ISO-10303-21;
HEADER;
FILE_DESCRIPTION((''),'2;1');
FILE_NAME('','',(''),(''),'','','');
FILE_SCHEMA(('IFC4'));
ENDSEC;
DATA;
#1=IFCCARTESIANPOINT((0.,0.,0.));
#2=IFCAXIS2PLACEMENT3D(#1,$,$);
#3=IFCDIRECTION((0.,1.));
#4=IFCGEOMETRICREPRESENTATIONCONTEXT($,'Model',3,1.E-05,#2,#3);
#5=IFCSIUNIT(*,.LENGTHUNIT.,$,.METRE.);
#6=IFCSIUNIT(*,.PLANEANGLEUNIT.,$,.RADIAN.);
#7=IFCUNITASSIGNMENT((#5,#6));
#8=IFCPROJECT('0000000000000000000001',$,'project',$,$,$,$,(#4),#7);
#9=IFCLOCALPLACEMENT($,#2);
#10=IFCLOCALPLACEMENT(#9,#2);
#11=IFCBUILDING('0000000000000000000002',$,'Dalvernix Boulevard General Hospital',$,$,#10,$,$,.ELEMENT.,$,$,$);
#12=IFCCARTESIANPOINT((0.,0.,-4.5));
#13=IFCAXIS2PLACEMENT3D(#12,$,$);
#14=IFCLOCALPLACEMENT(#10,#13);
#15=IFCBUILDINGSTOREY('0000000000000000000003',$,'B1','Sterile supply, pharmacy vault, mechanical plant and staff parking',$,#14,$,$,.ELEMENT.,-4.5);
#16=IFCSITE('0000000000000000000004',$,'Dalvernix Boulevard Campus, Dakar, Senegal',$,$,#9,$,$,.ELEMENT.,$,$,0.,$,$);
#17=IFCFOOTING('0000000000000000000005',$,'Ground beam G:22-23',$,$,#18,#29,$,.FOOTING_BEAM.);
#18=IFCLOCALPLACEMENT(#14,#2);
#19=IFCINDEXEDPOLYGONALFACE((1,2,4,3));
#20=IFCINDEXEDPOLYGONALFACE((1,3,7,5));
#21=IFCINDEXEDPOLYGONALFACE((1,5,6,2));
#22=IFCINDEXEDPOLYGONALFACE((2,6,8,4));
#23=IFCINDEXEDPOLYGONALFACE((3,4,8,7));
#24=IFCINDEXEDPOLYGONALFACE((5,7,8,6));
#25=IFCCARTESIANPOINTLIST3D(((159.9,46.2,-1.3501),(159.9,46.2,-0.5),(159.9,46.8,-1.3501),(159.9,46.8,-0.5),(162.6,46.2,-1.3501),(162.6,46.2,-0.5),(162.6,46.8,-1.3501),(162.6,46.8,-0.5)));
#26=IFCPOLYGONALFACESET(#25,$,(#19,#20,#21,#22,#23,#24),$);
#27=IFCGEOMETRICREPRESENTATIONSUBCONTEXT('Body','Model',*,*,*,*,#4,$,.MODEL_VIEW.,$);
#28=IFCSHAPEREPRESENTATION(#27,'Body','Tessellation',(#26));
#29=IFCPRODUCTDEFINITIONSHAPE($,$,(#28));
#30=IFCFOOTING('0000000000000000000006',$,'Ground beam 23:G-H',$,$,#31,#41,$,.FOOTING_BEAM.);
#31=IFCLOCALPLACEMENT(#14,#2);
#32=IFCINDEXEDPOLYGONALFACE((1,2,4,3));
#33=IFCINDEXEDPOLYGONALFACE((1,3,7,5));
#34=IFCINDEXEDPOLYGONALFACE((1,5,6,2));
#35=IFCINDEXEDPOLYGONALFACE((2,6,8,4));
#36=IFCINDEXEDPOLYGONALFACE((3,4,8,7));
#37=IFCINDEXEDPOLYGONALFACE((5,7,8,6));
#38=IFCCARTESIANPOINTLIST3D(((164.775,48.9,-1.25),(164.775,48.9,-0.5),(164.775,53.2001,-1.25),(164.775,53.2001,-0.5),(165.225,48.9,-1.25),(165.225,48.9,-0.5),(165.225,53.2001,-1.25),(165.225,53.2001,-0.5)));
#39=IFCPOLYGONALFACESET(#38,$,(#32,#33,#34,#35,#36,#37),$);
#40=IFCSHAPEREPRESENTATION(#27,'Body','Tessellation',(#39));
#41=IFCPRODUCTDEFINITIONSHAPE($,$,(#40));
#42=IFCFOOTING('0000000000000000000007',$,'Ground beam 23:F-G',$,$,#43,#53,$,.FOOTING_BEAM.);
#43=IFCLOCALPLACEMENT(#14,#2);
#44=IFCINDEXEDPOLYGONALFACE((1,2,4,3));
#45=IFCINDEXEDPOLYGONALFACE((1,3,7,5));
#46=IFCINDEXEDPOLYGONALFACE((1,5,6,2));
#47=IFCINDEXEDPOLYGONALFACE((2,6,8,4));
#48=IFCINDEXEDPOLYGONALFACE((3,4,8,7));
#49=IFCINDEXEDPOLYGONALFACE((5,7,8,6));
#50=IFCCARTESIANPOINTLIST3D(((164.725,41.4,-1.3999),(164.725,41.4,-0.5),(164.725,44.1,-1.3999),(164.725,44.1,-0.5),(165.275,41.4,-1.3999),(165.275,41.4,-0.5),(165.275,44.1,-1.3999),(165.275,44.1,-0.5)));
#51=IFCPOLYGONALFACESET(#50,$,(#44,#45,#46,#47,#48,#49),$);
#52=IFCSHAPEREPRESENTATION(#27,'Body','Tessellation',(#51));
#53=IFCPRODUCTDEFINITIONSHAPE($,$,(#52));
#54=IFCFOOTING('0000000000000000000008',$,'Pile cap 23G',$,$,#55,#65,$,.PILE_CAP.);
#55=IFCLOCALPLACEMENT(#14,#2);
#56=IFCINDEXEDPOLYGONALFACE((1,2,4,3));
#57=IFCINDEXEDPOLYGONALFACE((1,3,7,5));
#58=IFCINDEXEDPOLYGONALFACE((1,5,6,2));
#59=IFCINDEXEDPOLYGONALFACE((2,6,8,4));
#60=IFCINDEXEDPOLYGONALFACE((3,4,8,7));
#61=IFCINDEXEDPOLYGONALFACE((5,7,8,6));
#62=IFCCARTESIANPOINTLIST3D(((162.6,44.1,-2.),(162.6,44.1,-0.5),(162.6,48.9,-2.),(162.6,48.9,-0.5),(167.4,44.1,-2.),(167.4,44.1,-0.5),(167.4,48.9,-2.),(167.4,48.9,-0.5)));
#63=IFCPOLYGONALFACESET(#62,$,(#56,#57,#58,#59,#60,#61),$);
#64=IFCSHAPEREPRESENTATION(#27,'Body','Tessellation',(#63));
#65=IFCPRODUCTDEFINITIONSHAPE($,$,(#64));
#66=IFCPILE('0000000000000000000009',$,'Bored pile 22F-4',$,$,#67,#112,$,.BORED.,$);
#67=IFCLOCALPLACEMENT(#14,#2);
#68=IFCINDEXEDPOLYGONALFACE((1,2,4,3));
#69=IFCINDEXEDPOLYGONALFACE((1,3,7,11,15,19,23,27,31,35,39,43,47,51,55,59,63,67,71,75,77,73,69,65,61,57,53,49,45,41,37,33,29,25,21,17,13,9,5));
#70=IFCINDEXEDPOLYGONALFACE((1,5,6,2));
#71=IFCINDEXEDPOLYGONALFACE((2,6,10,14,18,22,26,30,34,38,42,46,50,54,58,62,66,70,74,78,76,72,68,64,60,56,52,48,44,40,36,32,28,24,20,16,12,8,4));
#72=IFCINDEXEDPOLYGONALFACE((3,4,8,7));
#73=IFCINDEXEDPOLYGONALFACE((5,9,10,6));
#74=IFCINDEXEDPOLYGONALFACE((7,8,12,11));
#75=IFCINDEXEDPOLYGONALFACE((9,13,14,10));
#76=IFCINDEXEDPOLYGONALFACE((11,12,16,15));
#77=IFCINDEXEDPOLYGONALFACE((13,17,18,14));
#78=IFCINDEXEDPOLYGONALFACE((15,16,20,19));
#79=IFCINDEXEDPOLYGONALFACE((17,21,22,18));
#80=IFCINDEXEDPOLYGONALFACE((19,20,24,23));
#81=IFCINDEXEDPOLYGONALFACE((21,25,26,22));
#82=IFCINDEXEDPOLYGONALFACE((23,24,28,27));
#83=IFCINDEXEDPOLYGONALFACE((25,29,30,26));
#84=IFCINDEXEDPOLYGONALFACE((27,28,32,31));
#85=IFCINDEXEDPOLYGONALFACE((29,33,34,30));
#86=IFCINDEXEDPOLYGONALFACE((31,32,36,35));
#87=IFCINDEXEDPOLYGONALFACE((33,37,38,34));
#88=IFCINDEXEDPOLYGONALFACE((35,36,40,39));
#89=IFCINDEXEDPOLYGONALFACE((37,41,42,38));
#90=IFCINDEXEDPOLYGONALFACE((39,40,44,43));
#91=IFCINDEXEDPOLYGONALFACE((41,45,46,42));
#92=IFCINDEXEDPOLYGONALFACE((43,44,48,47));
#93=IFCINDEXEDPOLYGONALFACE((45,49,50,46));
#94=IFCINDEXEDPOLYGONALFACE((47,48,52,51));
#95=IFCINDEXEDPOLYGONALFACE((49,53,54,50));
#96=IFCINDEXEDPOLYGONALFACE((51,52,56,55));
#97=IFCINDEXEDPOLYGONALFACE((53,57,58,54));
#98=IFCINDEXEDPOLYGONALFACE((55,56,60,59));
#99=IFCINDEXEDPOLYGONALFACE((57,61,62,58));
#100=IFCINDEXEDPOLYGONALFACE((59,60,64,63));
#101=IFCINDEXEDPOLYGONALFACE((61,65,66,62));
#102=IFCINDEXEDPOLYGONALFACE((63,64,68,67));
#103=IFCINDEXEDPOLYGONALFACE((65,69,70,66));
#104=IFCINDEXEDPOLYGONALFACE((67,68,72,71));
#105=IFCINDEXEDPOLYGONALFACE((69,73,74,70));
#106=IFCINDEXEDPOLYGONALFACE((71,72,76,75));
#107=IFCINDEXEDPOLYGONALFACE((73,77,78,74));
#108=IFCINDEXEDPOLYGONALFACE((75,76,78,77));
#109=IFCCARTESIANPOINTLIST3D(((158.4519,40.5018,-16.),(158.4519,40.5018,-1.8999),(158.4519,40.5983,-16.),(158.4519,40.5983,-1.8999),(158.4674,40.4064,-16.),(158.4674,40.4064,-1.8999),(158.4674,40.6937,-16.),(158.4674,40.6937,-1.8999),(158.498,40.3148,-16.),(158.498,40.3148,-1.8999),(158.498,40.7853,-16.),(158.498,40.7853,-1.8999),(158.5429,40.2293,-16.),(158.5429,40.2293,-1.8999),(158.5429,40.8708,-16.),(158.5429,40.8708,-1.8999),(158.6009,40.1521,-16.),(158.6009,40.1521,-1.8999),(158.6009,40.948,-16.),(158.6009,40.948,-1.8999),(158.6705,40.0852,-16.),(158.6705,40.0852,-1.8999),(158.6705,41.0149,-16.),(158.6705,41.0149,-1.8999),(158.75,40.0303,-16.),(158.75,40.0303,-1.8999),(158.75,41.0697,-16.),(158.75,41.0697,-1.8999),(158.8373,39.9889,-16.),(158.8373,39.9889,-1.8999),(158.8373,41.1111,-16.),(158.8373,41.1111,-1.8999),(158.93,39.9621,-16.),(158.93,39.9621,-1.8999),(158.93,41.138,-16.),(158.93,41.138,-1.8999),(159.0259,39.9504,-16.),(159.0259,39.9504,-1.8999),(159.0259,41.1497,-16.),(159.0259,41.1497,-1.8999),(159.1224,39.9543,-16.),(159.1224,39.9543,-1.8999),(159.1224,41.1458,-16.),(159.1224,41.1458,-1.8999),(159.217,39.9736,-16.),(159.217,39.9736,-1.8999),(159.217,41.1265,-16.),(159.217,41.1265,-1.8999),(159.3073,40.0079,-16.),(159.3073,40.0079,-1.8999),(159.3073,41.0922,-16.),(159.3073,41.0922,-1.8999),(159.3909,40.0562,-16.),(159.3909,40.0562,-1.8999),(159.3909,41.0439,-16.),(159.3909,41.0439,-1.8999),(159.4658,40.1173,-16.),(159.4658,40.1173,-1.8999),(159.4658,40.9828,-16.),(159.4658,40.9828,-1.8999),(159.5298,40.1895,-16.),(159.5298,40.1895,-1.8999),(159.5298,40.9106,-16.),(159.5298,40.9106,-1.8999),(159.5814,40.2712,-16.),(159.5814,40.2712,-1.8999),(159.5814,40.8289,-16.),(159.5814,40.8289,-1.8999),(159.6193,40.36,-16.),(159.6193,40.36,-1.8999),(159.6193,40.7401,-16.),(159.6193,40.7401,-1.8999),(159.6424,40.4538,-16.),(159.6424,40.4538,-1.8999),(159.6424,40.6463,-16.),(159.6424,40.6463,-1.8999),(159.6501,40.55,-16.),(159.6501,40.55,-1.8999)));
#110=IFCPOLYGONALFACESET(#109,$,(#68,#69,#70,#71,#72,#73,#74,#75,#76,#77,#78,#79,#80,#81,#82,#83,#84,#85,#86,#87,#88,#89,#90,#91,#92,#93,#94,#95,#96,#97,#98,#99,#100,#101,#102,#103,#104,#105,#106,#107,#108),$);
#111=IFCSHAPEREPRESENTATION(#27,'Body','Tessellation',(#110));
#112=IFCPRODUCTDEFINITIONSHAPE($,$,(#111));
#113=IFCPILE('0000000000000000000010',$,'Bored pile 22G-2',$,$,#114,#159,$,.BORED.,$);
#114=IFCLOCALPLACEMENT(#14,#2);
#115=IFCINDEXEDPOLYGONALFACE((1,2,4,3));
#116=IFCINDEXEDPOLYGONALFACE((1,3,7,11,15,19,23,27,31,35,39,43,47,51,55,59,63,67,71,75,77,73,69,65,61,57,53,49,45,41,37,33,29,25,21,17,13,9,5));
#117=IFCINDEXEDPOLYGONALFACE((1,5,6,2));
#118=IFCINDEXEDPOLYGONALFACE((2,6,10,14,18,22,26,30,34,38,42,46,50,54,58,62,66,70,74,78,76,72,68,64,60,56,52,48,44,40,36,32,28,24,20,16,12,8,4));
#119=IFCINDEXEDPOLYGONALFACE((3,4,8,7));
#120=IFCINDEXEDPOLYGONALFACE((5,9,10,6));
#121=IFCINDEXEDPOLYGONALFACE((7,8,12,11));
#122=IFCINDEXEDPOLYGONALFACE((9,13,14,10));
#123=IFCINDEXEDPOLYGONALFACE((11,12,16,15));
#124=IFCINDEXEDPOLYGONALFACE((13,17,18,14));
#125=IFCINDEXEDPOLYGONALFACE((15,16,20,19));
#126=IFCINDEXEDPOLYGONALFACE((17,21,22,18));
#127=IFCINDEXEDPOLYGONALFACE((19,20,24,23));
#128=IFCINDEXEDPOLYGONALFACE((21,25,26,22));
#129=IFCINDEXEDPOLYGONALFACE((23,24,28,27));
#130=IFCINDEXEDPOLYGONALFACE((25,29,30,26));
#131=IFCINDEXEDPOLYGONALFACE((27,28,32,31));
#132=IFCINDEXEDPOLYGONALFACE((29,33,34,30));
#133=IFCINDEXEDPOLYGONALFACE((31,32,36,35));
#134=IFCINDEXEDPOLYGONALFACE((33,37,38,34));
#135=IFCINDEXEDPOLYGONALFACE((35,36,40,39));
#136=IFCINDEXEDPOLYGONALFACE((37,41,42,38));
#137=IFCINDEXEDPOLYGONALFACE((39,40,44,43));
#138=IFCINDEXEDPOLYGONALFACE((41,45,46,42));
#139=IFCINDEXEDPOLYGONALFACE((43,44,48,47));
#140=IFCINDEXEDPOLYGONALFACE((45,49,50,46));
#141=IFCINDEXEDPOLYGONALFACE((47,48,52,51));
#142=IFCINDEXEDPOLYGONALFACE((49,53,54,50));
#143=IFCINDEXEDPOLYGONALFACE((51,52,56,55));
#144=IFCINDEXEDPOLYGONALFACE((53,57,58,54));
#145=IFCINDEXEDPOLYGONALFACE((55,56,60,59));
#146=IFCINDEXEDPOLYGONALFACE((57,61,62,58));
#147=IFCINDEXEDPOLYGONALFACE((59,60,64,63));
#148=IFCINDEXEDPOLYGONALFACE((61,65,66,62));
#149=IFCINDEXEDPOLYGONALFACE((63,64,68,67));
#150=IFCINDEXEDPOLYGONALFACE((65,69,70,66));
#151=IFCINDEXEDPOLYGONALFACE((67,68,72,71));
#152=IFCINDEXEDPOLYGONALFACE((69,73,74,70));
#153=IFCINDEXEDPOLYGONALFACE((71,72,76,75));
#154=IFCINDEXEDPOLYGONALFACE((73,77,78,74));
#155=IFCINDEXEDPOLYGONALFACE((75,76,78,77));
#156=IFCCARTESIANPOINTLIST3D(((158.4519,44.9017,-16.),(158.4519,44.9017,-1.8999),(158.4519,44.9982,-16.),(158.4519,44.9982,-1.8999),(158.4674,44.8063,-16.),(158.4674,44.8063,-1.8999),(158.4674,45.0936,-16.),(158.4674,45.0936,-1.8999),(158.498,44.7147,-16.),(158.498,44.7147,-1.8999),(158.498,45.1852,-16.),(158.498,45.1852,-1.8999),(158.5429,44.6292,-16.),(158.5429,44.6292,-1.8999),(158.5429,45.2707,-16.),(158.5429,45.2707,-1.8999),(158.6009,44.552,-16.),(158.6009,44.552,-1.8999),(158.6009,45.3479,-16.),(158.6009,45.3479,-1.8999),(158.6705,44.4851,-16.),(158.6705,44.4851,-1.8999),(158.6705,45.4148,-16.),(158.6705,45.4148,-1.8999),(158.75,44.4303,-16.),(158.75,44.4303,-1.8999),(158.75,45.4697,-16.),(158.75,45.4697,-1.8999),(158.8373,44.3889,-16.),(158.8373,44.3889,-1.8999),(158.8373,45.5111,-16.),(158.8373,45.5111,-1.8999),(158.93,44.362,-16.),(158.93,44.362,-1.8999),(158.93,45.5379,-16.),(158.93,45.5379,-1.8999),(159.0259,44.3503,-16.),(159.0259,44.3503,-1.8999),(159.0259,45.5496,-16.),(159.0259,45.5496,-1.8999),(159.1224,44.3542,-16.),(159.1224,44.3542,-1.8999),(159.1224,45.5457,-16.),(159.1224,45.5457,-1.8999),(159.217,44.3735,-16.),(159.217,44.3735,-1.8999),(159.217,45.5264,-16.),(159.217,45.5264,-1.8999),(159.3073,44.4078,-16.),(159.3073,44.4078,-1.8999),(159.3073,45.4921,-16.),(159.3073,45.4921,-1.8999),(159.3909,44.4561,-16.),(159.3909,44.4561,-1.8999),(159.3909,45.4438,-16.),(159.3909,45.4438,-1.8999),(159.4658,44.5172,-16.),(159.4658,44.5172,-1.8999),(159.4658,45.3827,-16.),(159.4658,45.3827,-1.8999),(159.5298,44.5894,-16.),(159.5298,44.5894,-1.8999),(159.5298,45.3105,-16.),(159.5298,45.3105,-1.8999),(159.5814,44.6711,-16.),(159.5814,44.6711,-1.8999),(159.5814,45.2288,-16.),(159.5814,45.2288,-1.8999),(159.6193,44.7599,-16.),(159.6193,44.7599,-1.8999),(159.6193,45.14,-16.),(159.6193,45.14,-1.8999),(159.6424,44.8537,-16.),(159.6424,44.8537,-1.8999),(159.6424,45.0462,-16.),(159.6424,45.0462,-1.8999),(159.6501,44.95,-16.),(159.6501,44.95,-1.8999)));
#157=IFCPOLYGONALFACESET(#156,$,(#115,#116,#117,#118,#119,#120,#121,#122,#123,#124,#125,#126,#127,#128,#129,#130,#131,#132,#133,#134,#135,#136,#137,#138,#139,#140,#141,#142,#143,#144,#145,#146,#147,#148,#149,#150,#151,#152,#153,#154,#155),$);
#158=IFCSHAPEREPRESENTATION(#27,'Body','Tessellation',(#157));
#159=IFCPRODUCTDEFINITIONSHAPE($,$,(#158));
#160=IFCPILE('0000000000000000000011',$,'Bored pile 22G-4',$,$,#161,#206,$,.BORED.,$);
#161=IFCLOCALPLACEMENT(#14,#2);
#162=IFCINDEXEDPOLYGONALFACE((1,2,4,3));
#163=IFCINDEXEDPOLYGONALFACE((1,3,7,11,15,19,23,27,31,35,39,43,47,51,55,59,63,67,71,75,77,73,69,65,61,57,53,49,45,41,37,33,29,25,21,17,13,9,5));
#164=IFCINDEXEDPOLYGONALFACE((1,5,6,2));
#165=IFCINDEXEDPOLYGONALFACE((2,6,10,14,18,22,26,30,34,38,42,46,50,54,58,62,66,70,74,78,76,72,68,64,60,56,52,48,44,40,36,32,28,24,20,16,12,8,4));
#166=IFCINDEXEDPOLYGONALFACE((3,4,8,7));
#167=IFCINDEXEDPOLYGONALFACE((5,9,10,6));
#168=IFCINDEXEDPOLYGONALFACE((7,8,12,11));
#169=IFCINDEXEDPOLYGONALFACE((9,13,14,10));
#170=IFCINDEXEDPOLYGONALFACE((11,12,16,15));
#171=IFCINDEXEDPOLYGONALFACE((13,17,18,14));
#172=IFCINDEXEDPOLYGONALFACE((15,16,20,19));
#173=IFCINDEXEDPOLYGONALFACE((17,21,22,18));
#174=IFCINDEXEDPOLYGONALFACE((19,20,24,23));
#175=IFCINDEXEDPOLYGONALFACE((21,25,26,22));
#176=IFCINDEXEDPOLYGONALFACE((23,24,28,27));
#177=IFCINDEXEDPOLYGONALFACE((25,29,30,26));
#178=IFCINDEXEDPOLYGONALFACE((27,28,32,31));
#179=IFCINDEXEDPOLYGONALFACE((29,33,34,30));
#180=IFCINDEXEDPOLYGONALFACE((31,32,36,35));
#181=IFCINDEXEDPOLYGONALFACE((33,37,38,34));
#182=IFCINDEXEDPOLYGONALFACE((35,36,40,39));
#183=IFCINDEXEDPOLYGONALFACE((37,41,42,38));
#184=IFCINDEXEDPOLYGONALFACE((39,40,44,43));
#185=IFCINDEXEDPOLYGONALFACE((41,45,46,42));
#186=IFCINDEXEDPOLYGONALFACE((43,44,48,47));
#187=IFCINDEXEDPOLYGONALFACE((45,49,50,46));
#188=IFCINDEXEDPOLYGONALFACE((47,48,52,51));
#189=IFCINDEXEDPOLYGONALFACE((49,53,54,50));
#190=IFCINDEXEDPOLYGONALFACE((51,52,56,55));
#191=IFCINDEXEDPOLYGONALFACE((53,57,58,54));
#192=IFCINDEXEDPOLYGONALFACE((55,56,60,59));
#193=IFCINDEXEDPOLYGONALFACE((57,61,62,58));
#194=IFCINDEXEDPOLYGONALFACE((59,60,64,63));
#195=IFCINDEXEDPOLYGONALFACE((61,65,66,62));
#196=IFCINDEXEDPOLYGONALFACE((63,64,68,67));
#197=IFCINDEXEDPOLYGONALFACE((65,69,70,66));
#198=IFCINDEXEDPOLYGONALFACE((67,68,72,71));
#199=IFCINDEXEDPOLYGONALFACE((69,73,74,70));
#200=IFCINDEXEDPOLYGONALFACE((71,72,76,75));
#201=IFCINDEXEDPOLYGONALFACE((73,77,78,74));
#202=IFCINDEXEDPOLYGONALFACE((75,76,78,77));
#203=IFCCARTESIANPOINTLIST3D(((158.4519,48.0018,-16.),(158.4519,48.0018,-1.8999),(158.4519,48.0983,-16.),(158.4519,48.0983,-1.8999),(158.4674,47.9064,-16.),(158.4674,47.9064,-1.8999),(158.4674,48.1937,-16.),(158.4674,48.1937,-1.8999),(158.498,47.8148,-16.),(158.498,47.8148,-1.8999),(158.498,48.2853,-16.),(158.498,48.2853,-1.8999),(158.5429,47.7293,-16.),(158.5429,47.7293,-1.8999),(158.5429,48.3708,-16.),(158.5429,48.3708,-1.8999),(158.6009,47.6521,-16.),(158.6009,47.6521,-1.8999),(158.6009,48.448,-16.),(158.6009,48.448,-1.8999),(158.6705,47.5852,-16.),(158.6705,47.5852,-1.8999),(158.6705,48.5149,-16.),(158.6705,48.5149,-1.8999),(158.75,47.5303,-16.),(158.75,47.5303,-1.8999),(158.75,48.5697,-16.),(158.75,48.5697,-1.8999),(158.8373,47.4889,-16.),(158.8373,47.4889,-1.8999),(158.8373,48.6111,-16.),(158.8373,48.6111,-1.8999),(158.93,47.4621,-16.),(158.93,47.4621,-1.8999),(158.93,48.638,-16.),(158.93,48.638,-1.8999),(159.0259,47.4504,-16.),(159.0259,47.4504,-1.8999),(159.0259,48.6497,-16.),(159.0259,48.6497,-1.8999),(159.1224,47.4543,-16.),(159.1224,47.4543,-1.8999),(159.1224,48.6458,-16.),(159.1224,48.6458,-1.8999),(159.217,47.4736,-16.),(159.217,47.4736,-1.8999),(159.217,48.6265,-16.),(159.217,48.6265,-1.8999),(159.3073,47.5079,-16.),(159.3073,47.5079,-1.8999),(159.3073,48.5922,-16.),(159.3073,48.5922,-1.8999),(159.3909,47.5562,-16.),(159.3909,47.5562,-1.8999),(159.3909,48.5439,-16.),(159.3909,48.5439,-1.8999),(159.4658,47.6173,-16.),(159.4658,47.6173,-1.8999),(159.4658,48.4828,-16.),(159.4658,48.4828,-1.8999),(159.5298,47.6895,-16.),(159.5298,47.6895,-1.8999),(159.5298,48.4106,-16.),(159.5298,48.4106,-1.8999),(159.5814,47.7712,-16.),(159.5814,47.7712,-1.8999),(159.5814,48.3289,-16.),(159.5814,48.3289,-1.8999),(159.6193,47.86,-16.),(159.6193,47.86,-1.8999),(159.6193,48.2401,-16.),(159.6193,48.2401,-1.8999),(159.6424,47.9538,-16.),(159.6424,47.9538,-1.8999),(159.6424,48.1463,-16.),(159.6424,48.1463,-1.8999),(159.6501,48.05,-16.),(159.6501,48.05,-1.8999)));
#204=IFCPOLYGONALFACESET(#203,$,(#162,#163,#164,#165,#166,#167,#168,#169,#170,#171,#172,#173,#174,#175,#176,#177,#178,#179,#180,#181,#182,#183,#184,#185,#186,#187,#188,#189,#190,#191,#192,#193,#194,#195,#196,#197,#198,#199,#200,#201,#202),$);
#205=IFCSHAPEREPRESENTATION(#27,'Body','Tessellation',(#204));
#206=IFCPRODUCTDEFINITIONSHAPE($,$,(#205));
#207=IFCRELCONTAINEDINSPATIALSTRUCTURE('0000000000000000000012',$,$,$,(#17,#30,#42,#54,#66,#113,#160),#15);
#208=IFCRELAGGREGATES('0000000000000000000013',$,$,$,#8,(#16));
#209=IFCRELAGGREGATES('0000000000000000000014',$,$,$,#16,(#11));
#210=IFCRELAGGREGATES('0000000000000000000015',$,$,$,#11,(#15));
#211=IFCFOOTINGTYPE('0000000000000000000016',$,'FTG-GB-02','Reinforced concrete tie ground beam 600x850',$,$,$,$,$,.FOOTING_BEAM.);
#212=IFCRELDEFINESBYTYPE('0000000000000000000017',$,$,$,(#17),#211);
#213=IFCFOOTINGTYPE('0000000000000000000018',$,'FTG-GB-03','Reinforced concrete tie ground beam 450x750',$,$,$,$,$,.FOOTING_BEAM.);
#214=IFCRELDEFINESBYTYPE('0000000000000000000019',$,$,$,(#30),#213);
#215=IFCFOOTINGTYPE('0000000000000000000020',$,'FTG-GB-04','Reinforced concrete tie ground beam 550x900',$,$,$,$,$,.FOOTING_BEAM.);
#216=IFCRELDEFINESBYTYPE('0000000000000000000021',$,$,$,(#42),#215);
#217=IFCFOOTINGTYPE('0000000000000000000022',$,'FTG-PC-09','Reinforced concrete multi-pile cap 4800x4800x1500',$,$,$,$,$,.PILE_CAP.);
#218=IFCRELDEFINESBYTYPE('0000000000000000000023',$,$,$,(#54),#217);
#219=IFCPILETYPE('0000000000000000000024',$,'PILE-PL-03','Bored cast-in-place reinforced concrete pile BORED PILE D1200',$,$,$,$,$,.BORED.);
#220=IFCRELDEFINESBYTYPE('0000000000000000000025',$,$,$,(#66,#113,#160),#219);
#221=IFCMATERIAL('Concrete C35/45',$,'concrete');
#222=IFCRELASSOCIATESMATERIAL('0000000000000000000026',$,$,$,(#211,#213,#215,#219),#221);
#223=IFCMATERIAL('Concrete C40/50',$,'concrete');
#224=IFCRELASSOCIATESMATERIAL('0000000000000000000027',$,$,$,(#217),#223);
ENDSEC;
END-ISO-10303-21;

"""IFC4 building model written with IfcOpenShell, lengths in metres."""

from ifc_helpers import new_model, si_unit, direction, frame, origin, origin_2d, place, context, subcontext, project, spatial, rectangle, circle, extrude, material, material_profile, profile_set, type_object, element, save


model = new_model("IFC4")

# Units and contexts
model_context = context("Model", 3, precision=1e-05, world=origin(), true_north=direction((0.0, 1.0)))
body_context = subcontext(model_context, "Body", "Model", "MODEL_VIEW")
ifc_project = project(units=[si_unit("LENGTHUNIT", "METRE"), si_unit("PLANEANGLEUNIT", "RADIAN")], contexts=[model_context])

# Site, building, storey
site_placement = place(None, origin())
site = spatial("IfcSite", under=ifc_project, at=site_placement, Name="Dalvernix Boulevard Campus, Dakar, Senegal", CompositionType="ELEMENT", RefElevation=0.0)
building_placement = place(site_placement, origin())
building = spatial("IfcBuilding", under=site, at=building_placement, Name="Dalvernix Boulevard General Hospital", CompositionType="ELEMENT")
storey_placement = place(building_placement, frame((0.0, 0.0, -4.5)))
storey = spatial("IfcBuildingStorey", under=building, at=storey_placement, Name="B1", Description="Sterile supply, pharmacy vault, mechanical plant and staff parking", CompositionType="ELEMENT", Elevation=-4.5)

# Footings
ifc_material_1 = material(Name="Concrete C35/45", Category="concrete")
footing_type_1 = type_object("IfcFootingType", Name="FTG-GB-02", Description="Reinforced concrete tie ground beam 600x850", PredefinedType="FOOTING_BEAM", material=ifc_material_1)
footing_1_placement = place(storey_placement, frame((161.25, 46.5, -1.3501), z_axis=(0.0, 0.0, 1.0), x_axis=(1.0, 0.0, 0.0)))
element("IfcFooting", 1, at=footing_1_placement, inside=storey, type_object=footing_type_1, Name="Ground beam G:22-23", PredefinedType="FOOTING_BEAM", context=body_context, shape_type="SweptSolid", body=[
    extrude(rectangle(XDim=2.7, YDim=0.6001, at=origin_2d()), origin(), (0.0, 0.0, 1.0), 0.8501),
])
footing_type_2 = type_object("IfcFootingType", Name="FTG-GB-03", Description="Reinforced concrete tie ground beam 450x750", PredefinedType="FOOTING_BEAM", material=ifc_material_1)
footing_2_placement = place(storey_placement, frame((165.0, 51.05, -1.25), z_axis=(0.0, 0.0, 1.0), x_axis=(0.0, 1.0, 0.0)))
element("IfcFooting", 2, at=footing_2_placement, inside=storey, type_object=footing_type_2, Name="Ground beam 23:G-H", PredefinedType="FOOTING_BEAM", context=body_context, shape_type="SweptSolid", body=[
    extrude(rectangle(XDim=4.3, YDim=0.45, at=origin_2d()), origin(), (0.0, 0.0, 1.0), 0.75),
])
footing_type_3 = type_object("IfcFootingType", Name="FTG-GB-04", Description="Reinforced concrete tie ground beam 550x900", PredefinedType="FOOTING_BEAM", material=ifc_material_1)
footing_3_placement = place(storey_placement, frame((165.0, 42.75, -1.3999), z_axis=(0.0, 0.0, 1.0), x_axis=(0.0, 1.0, 0.0)))
element("IfcFooting", 3, at=footing_3_placement, inside=storey, type_object=footing_type_3, Name="Ground beam 23:F-G", PredefinedType="FOOTING_BEAM", context=body_context, shape_type="SweptSolid", body=[
    extrude(rectangle(XDim=2.7, YDim=0.55, at=origin_2d()), origin(), (0.0, 0.0, 1.0), 0.8999),
])
ifc_material_2 = material(Name="Concrete C40/50", Category="concrete")
footing_type_4 = type_object("IfcFootingType", Name="FTG-PC-09", Description="Reinforced concrete multi-pile cap 4800x4800x1500", PredefinedType="PILE_CAP", material=ifc_material_2)
footing_4_placement = place(storey_placement, frame((165.0, 46.5, -2.0), z_axis=(0.0, 0.0, 1.0), x_axis=(1.0, 0.0, 0.0)))
element("IfcFooting", 4, at=footing_4_placement, inside=storey, type_object=footing_type_4, Name="Pile cap 23G", PredefinedType="PILE_CAP", context=body_context, shape_type="SweptSolid", body=[
    extrude(rectangle(XDim=4.8, YDim=4.8, at=origin_2d()), origin(), (0.0, 0.0, 1.0), 1.5),
])

# Piles
ifc_material_profile_1 = material_profile(ifc_material_1, circle(Radius=0.6001, at=origin_2d()), Name="BORED PILE D1200")
ifc_profile_set_1 = profile_set([ifc_material_profile_1], Name="Concrete C35/45")
pile_type = type_object("IfcPileType", Name="PILE-PL-03", Description="Bored cast-in-place reinforced concrete pile BORED PILE D1200", PredefinedType="BORED", material=ifc_profile_set_1)
for number, where, z_axis, x_axis, name in (
    (5, (159.05, 40.55, -1.8999), (0.0, 0.0, -1.0), (1.0, 0.0, 0.0), "Bored pile 22F-4"),
    (6, (159.05, 44.95, -1.8999), (0.0, 0.0, -1.0), (1.0, 0.0, 0.0), "Bored pile 22G-2"),
    (7, (159.05, 48.05, -1.8999), (0.0, 0.0, -1.0), (1.0, 0.0, 0.0), "Bored pile 22G-4"),
):
    element("IfcPile", number, at=place(storey_placement, frame(where, z_axis=z_axis, x_axis=x_axis)), inside=storey, type_object=pile_type, Name=name, PredefinedType="BORED", context=body_context, shape_type="SweptSolid", body=[
        extrude(circle(Radius=0.6001, at=origin_2d()), origin(), (0.0, 0.0, 1.0), 14.1001),
    ])

save(model, "model.ifc")
